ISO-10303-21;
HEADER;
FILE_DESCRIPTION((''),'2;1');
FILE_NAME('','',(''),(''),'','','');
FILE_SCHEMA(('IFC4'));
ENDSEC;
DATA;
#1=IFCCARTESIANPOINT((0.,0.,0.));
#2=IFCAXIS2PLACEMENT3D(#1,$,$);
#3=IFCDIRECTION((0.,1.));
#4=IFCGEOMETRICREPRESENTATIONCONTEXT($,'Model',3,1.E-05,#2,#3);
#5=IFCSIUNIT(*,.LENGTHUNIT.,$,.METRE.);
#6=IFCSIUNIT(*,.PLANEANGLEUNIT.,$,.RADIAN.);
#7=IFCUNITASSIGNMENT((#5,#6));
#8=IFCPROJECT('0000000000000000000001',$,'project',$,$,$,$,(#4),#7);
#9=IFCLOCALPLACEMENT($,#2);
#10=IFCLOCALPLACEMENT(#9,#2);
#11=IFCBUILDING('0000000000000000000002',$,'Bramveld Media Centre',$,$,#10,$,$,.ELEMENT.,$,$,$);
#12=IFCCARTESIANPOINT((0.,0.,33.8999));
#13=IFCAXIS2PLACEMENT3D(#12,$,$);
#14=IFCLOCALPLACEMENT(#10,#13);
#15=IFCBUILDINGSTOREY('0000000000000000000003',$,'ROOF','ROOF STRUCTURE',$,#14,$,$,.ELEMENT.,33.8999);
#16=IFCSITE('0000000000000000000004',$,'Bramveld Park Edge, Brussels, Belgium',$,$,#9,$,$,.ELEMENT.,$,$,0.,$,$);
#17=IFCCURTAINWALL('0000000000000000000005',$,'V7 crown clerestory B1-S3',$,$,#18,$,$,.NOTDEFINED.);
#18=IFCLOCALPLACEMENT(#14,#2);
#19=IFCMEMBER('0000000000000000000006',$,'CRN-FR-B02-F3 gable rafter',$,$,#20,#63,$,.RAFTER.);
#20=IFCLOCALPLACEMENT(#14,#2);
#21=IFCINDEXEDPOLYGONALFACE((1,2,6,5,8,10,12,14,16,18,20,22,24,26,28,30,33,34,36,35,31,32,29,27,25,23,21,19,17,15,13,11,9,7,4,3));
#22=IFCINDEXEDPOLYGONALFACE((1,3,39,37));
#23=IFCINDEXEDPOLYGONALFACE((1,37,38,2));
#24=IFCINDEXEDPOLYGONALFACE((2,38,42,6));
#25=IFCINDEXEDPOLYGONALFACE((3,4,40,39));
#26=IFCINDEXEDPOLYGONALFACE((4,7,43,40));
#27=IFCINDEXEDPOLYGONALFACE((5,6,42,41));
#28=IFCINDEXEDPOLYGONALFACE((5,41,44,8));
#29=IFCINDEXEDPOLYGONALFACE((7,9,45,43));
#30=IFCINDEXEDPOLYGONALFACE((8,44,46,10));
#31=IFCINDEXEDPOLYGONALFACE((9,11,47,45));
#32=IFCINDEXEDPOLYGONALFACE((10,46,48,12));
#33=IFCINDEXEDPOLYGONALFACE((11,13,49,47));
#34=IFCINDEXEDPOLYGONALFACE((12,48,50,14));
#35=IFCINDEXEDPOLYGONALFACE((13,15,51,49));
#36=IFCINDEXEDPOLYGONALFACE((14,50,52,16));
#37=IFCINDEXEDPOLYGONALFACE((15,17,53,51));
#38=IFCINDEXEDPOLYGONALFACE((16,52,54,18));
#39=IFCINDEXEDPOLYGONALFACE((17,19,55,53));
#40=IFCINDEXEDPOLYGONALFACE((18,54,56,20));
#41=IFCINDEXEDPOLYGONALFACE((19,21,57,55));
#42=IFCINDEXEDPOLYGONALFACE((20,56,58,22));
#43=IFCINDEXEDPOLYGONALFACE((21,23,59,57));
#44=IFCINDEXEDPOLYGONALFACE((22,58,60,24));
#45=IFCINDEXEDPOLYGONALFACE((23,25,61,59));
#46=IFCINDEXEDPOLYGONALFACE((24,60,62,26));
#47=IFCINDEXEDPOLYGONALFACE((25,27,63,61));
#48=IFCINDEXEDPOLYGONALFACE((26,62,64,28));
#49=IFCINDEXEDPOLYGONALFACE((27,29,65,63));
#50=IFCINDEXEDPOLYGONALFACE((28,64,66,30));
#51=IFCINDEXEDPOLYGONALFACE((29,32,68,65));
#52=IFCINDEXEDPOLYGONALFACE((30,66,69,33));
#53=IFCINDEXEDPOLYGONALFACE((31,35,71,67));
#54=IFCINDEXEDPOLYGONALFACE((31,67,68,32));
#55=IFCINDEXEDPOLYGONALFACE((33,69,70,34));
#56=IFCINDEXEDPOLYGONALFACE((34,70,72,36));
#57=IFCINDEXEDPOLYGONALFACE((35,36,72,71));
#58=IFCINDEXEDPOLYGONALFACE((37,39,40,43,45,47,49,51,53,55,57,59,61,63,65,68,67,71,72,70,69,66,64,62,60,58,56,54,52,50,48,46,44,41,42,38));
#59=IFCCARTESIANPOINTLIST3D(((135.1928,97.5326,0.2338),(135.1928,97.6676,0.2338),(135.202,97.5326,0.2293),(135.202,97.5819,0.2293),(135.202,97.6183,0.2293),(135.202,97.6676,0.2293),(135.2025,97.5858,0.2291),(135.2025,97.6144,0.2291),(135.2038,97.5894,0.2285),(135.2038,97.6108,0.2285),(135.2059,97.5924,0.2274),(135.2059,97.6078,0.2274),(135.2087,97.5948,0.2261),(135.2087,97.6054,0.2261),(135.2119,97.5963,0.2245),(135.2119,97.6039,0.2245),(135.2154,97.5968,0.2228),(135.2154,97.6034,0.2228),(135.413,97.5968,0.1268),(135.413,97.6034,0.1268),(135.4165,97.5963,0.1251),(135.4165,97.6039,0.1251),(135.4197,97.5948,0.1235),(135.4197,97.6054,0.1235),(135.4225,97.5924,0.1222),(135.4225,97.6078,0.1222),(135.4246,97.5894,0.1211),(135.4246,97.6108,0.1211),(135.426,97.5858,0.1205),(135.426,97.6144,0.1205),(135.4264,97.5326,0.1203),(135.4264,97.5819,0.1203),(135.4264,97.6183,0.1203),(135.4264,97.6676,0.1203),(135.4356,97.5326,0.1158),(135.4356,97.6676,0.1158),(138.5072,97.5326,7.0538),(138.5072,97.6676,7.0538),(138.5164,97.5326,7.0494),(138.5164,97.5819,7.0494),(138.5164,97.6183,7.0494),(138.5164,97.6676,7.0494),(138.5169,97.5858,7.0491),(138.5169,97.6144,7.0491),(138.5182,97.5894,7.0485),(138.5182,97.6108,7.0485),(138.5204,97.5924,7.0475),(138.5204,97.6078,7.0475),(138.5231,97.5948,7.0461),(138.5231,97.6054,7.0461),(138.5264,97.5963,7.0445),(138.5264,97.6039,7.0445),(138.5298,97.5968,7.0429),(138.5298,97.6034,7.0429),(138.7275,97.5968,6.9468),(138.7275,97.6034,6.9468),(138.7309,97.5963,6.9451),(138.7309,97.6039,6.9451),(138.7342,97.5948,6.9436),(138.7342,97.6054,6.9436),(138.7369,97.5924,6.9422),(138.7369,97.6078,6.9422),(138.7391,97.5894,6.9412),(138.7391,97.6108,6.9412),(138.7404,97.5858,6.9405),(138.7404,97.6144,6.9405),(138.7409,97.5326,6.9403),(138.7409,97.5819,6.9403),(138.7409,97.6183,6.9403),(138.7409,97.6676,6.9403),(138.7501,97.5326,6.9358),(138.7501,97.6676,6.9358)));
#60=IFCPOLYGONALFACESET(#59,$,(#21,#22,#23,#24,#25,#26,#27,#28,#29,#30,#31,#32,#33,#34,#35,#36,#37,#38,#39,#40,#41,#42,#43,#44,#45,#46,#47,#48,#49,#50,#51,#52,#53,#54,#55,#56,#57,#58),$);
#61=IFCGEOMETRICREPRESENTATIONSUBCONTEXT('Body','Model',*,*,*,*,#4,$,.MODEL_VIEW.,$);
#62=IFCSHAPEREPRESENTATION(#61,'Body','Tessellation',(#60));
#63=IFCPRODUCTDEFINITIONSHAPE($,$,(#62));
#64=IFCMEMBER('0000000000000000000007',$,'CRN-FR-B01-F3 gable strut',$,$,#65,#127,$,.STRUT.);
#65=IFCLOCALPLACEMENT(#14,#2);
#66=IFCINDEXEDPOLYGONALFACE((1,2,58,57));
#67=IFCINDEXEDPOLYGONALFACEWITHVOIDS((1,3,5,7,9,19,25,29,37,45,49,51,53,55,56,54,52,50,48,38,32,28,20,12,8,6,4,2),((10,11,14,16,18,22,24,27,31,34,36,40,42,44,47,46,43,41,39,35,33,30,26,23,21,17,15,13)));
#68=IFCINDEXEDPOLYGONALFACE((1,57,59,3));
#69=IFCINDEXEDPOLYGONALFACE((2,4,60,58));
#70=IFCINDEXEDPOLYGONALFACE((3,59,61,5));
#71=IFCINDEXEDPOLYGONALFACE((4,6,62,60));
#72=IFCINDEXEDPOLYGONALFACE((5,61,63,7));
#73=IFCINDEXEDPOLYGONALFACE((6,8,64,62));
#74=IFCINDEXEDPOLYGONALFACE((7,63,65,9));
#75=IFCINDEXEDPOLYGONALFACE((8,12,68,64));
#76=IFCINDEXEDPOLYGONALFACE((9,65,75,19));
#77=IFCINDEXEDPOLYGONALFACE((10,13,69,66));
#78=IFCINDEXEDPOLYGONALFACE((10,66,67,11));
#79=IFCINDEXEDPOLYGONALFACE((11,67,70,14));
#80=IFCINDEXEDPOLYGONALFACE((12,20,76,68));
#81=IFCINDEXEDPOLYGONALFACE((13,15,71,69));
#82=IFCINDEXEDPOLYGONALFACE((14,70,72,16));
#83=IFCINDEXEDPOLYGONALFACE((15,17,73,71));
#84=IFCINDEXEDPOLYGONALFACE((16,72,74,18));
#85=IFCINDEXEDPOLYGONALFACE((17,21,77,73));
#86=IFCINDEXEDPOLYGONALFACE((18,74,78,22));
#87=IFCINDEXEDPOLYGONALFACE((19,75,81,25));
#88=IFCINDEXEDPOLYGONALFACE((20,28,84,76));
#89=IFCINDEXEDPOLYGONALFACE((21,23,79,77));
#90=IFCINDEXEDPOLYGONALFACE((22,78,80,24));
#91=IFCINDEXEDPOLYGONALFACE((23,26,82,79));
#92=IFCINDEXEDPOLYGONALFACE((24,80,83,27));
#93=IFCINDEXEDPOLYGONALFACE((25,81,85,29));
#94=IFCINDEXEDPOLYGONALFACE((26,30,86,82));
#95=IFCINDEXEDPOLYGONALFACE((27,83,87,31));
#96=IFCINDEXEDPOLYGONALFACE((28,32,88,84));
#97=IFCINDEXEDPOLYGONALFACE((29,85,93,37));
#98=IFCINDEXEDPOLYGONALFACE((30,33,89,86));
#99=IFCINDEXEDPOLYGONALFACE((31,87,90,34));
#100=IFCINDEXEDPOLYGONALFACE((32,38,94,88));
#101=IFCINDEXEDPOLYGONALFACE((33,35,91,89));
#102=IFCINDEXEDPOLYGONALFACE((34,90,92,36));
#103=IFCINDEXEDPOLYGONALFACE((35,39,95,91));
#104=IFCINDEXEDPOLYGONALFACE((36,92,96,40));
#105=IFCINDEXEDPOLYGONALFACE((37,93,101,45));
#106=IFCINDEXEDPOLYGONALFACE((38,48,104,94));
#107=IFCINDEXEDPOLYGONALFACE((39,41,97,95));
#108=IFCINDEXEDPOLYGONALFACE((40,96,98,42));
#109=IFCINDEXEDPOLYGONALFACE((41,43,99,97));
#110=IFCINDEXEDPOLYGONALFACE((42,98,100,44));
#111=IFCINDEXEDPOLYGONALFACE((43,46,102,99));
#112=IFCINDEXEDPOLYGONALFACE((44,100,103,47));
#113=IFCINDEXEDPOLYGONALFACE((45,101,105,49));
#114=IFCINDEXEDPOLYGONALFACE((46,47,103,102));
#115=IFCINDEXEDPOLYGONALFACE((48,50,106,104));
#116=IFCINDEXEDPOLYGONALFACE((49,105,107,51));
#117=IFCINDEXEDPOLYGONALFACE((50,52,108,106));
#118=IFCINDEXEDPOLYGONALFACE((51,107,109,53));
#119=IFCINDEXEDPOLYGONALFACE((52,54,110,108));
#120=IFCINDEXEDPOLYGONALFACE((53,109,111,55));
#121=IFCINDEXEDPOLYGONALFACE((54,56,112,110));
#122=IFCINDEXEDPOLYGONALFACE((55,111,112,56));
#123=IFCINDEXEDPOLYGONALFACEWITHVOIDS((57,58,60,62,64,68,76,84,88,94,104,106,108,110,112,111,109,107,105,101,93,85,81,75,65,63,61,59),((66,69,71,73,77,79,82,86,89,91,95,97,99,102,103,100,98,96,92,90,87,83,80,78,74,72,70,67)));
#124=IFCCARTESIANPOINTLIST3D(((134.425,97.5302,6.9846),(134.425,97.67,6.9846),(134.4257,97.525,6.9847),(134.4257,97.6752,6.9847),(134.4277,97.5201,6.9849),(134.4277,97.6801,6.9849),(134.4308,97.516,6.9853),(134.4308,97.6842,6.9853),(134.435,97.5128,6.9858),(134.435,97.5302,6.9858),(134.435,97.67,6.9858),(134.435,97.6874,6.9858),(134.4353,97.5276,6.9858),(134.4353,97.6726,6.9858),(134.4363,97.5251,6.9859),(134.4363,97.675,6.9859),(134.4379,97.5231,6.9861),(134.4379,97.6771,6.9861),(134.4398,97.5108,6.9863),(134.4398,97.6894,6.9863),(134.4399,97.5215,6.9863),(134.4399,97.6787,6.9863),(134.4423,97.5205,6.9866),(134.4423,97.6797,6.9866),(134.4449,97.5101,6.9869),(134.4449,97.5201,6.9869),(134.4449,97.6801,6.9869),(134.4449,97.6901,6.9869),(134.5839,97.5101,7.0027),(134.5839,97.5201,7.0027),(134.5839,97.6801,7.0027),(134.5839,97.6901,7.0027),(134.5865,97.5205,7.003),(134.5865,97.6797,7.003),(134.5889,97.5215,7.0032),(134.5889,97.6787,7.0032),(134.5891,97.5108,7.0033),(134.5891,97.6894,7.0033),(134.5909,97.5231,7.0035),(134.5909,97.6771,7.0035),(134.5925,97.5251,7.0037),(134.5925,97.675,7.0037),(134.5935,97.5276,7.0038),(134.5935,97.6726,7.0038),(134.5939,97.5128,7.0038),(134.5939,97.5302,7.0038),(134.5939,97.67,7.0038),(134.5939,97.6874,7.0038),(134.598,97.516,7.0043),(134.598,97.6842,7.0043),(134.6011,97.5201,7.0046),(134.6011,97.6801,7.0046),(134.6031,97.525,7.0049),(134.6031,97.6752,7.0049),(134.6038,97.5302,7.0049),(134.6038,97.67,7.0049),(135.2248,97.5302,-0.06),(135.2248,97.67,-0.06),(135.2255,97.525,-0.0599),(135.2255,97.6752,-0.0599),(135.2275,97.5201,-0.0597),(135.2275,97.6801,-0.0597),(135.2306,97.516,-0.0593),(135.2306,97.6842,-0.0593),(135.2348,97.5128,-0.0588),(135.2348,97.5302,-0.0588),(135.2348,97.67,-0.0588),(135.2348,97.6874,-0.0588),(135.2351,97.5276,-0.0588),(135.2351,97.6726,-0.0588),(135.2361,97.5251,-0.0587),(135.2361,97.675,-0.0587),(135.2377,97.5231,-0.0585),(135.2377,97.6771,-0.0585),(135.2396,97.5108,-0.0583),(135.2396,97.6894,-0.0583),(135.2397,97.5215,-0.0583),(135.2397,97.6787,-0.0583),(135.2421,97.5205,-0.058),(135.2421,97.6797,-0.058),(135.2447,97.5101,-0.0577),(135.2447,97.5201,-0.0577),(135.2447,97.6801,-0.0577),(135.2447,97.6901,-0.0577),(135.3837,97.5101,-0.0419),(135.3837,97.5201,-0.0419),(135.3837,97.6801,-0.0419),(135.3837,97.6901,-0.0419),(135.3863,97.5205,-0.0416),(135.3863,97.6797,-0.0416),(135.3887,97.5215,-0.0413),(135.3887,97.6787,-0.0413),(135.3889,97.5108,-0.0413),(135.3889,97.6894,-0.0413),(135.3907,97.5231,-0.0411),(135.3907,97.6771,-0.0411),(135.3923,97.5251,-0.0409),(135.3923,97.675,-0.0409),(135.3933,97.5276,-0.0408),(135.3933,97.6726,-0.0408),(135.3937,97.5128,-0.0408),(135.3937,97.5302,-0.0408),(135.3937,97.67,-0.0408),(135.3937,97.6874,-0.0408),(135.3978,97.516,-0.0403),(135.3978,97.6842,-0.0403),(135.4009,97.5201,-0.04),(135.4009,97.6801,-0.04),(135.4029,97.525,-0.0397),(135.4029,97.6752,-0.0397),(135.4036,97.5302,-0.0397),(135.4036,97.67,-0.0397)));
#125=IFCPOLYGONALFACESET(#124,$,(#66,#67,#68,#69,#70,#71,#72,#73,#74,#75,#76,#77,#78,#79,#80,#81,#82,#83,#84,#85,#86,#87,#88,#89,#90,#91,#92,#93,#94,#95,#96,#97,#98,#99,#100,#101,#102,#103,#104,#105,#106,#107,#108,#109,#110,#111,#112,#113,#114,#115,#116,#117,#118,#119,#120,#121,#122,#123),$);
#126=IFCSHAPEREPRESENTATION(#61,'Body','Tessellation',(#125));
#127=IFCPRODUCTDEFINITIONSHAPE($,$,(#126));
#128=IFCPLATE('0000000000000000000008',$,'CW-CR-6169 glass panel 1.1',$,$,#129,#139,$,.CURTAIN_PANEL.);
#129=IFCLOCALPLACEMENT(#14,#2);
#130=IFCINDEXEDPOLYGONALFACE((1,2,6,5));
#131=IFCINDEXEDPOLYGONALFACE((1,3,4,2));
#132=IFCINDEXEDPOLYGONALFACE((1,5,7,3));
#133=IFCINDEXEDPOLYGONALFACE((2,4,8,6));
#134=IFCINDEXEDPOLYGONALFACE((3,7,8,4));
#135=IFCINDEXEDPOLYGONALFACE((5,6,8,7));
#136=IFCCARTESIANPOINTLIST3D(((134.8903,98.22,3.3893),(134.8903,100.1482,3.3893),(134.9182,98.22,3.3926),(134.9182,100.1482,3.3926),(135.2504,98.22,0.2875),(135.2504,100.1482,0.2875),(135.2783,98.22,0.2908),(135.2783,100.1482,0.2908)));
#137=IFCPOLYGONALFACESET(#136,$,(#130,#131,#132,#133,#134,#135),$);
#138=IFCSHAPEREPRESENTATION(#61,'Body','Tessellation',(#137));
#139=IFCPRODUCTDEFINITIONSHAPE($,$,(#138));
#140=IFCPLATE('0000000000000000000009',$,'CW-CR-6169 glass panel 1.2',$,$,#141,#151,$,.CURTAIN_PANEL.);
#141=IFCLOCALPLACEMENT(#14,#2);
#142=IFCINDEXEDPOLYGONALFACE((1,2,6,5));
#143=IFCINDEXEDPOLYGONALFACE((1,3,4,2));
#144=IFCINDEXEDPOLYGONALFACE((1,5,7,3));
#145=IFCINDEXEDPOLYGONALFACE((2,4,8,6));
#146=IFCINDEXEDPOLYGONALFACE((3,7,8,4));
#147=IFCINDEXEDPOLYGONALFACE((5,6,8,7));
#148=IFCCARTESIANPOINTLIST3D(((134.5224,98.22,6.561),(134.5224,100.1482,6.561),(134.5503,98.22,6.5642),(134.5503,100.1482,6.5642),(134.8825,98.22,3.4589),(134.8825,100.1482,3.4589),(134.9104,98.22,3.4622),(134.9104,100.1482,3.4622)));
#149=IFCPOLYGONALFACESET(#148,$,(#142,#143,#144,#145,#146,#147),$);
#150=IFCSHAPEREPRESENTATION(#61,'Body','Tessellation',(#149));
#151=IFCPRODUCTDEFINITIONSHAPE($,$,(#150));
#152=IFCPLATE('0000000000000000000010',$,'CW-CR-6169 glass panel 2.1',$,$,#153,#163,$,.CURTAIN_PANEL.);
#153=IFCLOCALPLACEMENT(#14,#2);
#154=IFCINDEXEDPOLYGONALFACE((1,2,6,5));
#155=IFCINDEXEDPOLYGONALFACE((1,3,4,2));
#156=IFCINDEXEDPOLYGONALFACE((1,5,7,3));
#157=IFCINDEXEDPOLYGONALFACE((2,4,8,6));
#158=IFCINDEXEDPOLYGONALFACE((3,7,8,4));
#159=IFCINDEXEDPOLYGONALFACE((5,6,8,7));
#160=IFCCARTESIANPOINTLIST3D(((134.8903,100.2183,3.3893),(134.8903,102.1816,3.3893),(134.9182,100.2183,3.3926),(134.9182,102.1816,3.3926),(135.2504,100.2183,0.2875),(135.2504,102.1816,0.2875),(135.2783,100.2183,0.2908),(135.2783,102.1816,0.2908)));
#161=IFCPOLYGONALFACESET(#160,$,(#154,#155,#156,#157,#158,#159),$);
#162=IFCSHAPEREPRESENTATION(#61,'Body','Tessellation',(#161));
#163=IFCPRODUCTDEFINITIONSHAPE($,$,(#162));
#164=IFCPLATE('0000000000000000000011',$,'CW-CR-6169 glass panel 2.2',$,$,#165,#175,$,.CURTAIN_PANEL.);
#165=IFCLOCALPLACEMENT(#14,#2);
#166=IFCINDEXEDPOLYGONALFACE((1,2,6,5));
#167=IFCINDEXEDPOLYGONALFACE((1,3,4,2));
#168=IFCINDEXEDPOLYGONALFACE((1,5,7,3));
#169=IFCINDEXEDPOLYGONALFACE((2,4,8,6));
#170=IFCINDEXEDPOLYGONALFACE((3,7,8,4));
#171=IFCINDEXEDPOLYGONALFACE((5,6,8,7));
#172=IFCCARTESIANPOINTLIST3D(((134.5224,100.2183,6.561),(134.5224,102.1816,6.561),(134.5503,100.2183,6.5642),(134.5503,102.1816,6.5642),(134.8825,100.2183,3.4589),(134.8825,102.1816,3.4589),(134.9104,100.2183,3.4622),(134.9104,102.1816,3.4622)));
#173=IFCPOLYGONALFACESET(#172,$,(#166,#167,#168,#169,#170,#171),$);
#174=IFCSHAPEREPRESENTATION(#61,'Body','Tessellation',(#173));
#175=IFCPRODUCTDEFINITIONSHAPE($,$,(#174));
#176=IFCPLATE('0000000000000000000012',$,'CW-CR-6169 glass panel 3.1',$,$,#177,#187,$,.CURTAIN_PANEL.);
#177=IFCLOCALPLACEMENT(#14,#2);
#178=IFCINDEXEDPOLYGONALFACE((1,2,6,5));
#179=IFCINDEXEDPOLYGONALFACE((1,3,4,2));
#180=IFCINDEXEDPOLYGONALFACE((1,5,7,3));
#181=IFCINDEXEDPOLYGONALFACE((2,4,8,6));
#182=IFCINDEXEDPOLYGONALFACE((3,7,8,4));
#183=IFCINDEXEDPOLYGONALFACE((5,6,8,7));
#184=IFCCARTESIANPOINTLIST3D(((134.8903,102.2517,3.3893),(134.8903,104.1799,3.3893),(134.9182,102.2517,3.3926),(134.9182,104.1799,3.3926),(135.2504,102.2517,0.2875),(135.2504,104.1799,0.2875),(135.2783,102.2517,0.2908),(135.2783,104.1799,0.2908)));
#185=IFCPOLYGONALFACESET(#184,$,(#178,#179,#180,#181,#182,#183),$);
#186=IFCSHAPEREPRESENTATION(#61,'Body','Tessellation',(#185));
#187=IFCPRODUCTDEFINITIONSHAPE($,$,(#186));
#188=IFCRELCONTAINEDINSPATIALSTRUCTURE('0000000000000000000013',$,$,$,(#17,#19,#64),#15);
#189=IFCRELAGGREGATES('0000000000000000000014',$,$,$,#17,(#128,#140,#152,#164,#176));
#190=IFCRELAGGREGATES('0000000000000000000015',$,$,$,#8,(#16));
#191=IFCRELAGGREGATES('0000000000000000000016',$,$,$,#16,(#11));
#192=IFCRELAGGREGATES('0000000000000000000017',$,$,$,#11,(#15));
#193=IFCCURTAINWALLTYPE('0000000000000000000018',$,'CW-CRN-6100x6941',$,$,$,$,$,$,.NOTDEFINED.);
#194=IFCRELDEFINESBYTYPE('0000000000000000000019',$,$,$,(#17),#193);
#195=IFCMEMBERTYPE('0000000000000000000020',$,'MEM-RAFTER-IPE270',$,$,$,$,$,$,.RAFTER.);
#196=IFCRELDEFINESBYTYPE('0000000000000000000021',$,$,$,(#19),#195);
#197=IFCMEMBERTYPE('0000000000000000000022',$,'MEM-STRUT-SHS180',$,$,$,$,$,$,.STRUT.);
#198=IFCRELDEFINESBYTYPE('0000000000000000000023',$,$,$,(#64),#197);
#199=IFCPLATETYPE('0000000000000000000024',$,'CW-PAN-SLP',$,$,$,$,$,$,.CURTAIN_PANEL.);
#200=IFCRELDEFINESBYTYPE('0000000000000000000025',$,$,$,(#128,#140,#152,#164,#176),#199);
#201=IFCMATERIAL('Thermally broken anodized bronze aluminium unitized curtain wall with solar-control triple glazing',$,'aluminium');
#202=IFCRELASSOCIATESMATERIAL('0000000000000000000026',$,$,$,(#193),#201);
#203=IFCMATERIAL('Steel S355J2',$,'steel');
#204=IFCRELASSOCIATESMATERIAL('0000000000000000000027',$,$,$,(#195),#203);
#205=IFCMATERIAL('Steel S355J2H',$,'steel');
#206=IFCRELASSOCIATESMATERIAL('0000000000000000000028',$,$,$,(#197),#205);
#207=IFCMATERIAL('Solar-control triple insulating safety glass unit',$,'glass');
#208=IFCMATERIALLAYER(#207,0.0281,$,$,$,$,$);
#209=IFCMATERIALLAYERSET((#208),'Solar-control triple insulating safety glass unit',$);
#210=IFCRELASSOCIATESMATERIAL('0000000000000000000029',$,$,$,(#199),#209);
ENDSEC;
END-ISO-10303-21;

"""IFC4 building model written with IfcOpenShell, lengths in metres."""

from ifc_helpers import new_model, si_unit, direction, frame, origin, origin_2d, place, context, subcontext, project, spatial, polyline, hollow_rectangle, i_section, outline, extrude, material, layer, layer_set, material_profile, profile_set, type_object, element, aggregate, save


model = new_model("IFC4")

# Units and contexts
model_context = context("Model", 3, precision=1e-05, world=origin(), true_north=direction((0.0, 1.0)))
body_context = subcontext(model_context, "Body", "Model", "MODEL_VIEW")
ifc_project = project(units=[si_unit("LENGTHUNIT", "METRE"), si_unit("PLANEANGLEUNIT", "RADIAN")], contexts=[model_context])

# Site, building, storey
site_placement = place(None, origin())
site = spatial("IfcSite", under=ifc_project, at=site_placement, Name="Bramveld Park Edge, Brussels, Belgium", CompositionType="ELEMENT", RefElevation=0.0)
building_placement = place(site_placement, origin())
building = spatial("IfcBuilding", under=site, at=building_placement, Name="Bramveld Media Centre", CompositionType="ELEMENT")
storey_placement = place(building_placement, frame((0.0, 0.0, 33.8999)))
storey = spatial("IfcBuildingStorey", under=building, at=storey_placement, Name="ROOF", Description="ROOF STRUCTURE", CompositionType="ELEMENT", Elevation=33.8999)

# Curtain wall
ifc_material_1 = material(Name="Thermally broken anodized bronze aluminium unitized curtain wall with solar-control triple glazing", Category="aluminium")
curtain_wall_type = type_object("IfcCurtainWallType", Name="CW-CRN-6100x6941", PredefinedType="NOTDEFINED", material=ifc_material_1)
curtain_wall_placement = place(storey_placement, origin())
curtain_wall = element("IfcCurtainWall", 1, at=curtain_wall_placement, inside=storey, type_object=curtain_wall_type, Name="V7 crown clerestory B1-S3", PredefinedType="NOTDEFINED")

# Members
ifc_material_2 = material(Name="Steel S355J2", Category="steel")
ifc_material_profile_1 = material_profile(ifc_material_2, i_section(OverallWidth=0.135, OverallDepth=0.27, WebThickness=0.0066, FlangeThickness=0.0103, FilletRadius=0.0149, at=origin_2d()), Name="IPE 270")
ifc_profile_set_1 = profile_set([ifc_material_profile_1], Name="Steel S355J2")
member_type_1 = type_object("IfcMemberType", Name="MEM-RAFTER-IPE270", PredefinedType="RAFTER", material=ifc_profile_set_1)
for number, where, z_axis, x_axis, name in (
    (2, (135.3142, 97.6001, 0.1748), (0.437101, 0.0, 0.899412), (0.0, 1.0, 0.0), "CRN-FR-B02-F3 gable rafter"),
):
    element("IfcMember", number, at=place(storey_placement, frame(where, z_axis=z_axis, x_axis=x_axis)), inside=storey, type_object=member_type_1, Name=name, PredefinedType="RAFTER", context=body_context, shape_type="SweptSolid", body=[
        extrude(i_section(OverallWidth=0.135, OverallDepth=0.27, WebThickness=0.0066, FlangeThickness=0.0103, FilletRadius=0.0149, at=origin_2d()), origin(), (0.0, 0.0, 1.0), 7.5828),
    ])
ifc_material_3 = material(Name="Steel S355J2H", Category="steel")
ifc_material_profile_2 = material_profile(ifc_material_3, hollow_rectangle(XDim=0.1799, YDim=0.1799, WallThickness=0.01, InnerFilletRadius=0.01, OuterFilletRadius=0.02, at=origin_2d()), Name="SHS 180x180x10")
ifc_profile_set_2 = profile_set([ifc_material_profile_2], Name="Steel S355J2H")
member_type_2 = type_object("IfcMemberType", Name="MEM-STRUT-SHS180", PredefinedType="STRUT", material=ifc_profile_set_2)
member_1_placement = place(storey_placement, frame((135.3142, 97.6001, -0.0498), z_axis=(-0.112808, 0.0, 0.993617), x_axis=(0.0, -1.0, 0.0)))
element("IfcMember", 3, at=member_1_placement, inside=storey, type_object=member_type_2, Name="CRN-FR-B01-F3 gable strut", PredefinedType="STRUT", context=body_context, shape_type="SweptSolid", body=[
    extrude(hollow_rectangle(XDim=0.1799, YDim=0.1799, WallThickness=0.01, InnerFilletRadius=0.01, OuterFilletRadius=0.02, at=origin_2d()), origin(), (0.0, 0.0, 1.0), 7.0898),
])

# Plates
ifc_material_4 = material(Name="Solar-control triple insulating safety glass unit", Category="glass")
ifc_layer_1 = layer(ifc_material_4, 0.0281)
ifc_layer_set_1 = layer_set([ifc_layer_1], Name="Solar-control triple insulating safety glass unit")
plate_type_1 = type_object("IfcPlateType", Name="CW-PAN-SLP", PredefinedType="CURTAIN_PANEL", material=ifc_layer_set_1)
plate_1_placement = place(storey_placement, frame((135.2783, 98.22, 0.2908), z_axis=(0.993328, 0.0, 0.115321), x_axis=(0.0, 1.0, 0.0)))
plate_1 = element("IfcPlate", 4, at=plate_1_placement, type_object=plate_type_1, Name="CW-CR-6169 glass panel 1.1", PredefinedType="CURTAIN_PANEL", context=body_context, shape_type="SweptSolid", body=[
    extrude(outline(polyline([(0.0, 0.0), (1.9282, 0.0), (1.9282, 3.1226), (0.0, 3.1226), (0.0, 0.0)])), origin(), (0.0, 0.0, -1.0), 0.0281),
])
plate_2_placement = place(storey_placement, frame((134.9104, 98.22, 3.4622), z_axis=(0.993329, 0.0, 0.115313), x_axis=(0.0, 1.0, 0.0)))
plate_2 = element("IfcPlate", 5, at=plate_2_placement, type_object=plate_type_1, Name="CW-CR-6169 glass panel 1.2", PredefinedType="CURTAIN_PANEL", context=body_context, shape_type="SweptSolid", body=[
    extrude(outline(polyline([(0.0, 0.0), (1.9282, 0.0), (1.9282, 3.1229), (0.0, 3.1229), (0.0, 0.0)])), origin(), (0.0, 0.0, -1.0), 0.0281),
])
plate_3_placement = place(storey_placement, frame((135.2783, 100.2183, 0.2908), z_axis=(0.993328, 0.0, 0.115321), x_axis=(0.0, 1.0, 0.0)))
plate_3 = element("IfcPlate", 6, at=plate_3_placement, type_object=plate_type_1, Name="CW-CR-6169 glass panel 2.1", PredefinedType="CURTAIN_PANEL", context=body_context, shape_type="SweptSolid", body=[
    extrude(outline(polyline([(0.0, 0.0), (1.9634, 0.0), (1.9634, 3.1226), (0.0, 3.1226), (0.0, 0.0)])), origin(), (0.0, 0.0, -1.0), 0.0281),
])
plate_4_placement = place(storey_placement, frame((134.9104, 100.2183, 3.4622), z_axis=(0.993329, 0.0, 0.115313), x_axis=(0.0, 1.0, 0.0)))
plate_4 = element("IfcPlate", 7, at=plate_4_placement, type_object=plate_type_1, Name="CW-CR-6169 glass panel 2.2", PredefinedType="CURTAIN_PANEL", context=body_context, shape_type="SweptSolid", body=[
    extrude(outline(polyline([(0.0, 0.0), (1.9634, 0.0), (1.9634, 3.1229), (0.0, 3.1229), (0.0, 0.0)])), origin(), (0.0, 0.0, -1.0), 0.0281),
])
plate_5_placement = place(storey_placement, frame((135.2783, 102.2517, 0.2908), z_axis=(0.993328, 0.0, 0.115321), x_axis=(0.0, 1.0, 0.0)))
plate_5 = element("IfcPlate", 8, at=plate_5_placement, type_object=plate_type_1, Name="CW-CR-6169 glass panel 3.1", PredefinedType="CURTAIN_PANEL", context=body_context, shape_type="SweptSolid", body=[
    extrude(outline(polyline([(0.0, 0.0), (1.9282, 0.0), (1.9282, 3.1226), (0.0, 3.1226), (0.0, 0.0)])), origin(), (0.0, 0.0, -1.0), 0.0281),
])
aggregate(curtain_wall, [plate_1, plate_2, plate_3, plate_4, plate_5])

save(model, "model.ifc")
